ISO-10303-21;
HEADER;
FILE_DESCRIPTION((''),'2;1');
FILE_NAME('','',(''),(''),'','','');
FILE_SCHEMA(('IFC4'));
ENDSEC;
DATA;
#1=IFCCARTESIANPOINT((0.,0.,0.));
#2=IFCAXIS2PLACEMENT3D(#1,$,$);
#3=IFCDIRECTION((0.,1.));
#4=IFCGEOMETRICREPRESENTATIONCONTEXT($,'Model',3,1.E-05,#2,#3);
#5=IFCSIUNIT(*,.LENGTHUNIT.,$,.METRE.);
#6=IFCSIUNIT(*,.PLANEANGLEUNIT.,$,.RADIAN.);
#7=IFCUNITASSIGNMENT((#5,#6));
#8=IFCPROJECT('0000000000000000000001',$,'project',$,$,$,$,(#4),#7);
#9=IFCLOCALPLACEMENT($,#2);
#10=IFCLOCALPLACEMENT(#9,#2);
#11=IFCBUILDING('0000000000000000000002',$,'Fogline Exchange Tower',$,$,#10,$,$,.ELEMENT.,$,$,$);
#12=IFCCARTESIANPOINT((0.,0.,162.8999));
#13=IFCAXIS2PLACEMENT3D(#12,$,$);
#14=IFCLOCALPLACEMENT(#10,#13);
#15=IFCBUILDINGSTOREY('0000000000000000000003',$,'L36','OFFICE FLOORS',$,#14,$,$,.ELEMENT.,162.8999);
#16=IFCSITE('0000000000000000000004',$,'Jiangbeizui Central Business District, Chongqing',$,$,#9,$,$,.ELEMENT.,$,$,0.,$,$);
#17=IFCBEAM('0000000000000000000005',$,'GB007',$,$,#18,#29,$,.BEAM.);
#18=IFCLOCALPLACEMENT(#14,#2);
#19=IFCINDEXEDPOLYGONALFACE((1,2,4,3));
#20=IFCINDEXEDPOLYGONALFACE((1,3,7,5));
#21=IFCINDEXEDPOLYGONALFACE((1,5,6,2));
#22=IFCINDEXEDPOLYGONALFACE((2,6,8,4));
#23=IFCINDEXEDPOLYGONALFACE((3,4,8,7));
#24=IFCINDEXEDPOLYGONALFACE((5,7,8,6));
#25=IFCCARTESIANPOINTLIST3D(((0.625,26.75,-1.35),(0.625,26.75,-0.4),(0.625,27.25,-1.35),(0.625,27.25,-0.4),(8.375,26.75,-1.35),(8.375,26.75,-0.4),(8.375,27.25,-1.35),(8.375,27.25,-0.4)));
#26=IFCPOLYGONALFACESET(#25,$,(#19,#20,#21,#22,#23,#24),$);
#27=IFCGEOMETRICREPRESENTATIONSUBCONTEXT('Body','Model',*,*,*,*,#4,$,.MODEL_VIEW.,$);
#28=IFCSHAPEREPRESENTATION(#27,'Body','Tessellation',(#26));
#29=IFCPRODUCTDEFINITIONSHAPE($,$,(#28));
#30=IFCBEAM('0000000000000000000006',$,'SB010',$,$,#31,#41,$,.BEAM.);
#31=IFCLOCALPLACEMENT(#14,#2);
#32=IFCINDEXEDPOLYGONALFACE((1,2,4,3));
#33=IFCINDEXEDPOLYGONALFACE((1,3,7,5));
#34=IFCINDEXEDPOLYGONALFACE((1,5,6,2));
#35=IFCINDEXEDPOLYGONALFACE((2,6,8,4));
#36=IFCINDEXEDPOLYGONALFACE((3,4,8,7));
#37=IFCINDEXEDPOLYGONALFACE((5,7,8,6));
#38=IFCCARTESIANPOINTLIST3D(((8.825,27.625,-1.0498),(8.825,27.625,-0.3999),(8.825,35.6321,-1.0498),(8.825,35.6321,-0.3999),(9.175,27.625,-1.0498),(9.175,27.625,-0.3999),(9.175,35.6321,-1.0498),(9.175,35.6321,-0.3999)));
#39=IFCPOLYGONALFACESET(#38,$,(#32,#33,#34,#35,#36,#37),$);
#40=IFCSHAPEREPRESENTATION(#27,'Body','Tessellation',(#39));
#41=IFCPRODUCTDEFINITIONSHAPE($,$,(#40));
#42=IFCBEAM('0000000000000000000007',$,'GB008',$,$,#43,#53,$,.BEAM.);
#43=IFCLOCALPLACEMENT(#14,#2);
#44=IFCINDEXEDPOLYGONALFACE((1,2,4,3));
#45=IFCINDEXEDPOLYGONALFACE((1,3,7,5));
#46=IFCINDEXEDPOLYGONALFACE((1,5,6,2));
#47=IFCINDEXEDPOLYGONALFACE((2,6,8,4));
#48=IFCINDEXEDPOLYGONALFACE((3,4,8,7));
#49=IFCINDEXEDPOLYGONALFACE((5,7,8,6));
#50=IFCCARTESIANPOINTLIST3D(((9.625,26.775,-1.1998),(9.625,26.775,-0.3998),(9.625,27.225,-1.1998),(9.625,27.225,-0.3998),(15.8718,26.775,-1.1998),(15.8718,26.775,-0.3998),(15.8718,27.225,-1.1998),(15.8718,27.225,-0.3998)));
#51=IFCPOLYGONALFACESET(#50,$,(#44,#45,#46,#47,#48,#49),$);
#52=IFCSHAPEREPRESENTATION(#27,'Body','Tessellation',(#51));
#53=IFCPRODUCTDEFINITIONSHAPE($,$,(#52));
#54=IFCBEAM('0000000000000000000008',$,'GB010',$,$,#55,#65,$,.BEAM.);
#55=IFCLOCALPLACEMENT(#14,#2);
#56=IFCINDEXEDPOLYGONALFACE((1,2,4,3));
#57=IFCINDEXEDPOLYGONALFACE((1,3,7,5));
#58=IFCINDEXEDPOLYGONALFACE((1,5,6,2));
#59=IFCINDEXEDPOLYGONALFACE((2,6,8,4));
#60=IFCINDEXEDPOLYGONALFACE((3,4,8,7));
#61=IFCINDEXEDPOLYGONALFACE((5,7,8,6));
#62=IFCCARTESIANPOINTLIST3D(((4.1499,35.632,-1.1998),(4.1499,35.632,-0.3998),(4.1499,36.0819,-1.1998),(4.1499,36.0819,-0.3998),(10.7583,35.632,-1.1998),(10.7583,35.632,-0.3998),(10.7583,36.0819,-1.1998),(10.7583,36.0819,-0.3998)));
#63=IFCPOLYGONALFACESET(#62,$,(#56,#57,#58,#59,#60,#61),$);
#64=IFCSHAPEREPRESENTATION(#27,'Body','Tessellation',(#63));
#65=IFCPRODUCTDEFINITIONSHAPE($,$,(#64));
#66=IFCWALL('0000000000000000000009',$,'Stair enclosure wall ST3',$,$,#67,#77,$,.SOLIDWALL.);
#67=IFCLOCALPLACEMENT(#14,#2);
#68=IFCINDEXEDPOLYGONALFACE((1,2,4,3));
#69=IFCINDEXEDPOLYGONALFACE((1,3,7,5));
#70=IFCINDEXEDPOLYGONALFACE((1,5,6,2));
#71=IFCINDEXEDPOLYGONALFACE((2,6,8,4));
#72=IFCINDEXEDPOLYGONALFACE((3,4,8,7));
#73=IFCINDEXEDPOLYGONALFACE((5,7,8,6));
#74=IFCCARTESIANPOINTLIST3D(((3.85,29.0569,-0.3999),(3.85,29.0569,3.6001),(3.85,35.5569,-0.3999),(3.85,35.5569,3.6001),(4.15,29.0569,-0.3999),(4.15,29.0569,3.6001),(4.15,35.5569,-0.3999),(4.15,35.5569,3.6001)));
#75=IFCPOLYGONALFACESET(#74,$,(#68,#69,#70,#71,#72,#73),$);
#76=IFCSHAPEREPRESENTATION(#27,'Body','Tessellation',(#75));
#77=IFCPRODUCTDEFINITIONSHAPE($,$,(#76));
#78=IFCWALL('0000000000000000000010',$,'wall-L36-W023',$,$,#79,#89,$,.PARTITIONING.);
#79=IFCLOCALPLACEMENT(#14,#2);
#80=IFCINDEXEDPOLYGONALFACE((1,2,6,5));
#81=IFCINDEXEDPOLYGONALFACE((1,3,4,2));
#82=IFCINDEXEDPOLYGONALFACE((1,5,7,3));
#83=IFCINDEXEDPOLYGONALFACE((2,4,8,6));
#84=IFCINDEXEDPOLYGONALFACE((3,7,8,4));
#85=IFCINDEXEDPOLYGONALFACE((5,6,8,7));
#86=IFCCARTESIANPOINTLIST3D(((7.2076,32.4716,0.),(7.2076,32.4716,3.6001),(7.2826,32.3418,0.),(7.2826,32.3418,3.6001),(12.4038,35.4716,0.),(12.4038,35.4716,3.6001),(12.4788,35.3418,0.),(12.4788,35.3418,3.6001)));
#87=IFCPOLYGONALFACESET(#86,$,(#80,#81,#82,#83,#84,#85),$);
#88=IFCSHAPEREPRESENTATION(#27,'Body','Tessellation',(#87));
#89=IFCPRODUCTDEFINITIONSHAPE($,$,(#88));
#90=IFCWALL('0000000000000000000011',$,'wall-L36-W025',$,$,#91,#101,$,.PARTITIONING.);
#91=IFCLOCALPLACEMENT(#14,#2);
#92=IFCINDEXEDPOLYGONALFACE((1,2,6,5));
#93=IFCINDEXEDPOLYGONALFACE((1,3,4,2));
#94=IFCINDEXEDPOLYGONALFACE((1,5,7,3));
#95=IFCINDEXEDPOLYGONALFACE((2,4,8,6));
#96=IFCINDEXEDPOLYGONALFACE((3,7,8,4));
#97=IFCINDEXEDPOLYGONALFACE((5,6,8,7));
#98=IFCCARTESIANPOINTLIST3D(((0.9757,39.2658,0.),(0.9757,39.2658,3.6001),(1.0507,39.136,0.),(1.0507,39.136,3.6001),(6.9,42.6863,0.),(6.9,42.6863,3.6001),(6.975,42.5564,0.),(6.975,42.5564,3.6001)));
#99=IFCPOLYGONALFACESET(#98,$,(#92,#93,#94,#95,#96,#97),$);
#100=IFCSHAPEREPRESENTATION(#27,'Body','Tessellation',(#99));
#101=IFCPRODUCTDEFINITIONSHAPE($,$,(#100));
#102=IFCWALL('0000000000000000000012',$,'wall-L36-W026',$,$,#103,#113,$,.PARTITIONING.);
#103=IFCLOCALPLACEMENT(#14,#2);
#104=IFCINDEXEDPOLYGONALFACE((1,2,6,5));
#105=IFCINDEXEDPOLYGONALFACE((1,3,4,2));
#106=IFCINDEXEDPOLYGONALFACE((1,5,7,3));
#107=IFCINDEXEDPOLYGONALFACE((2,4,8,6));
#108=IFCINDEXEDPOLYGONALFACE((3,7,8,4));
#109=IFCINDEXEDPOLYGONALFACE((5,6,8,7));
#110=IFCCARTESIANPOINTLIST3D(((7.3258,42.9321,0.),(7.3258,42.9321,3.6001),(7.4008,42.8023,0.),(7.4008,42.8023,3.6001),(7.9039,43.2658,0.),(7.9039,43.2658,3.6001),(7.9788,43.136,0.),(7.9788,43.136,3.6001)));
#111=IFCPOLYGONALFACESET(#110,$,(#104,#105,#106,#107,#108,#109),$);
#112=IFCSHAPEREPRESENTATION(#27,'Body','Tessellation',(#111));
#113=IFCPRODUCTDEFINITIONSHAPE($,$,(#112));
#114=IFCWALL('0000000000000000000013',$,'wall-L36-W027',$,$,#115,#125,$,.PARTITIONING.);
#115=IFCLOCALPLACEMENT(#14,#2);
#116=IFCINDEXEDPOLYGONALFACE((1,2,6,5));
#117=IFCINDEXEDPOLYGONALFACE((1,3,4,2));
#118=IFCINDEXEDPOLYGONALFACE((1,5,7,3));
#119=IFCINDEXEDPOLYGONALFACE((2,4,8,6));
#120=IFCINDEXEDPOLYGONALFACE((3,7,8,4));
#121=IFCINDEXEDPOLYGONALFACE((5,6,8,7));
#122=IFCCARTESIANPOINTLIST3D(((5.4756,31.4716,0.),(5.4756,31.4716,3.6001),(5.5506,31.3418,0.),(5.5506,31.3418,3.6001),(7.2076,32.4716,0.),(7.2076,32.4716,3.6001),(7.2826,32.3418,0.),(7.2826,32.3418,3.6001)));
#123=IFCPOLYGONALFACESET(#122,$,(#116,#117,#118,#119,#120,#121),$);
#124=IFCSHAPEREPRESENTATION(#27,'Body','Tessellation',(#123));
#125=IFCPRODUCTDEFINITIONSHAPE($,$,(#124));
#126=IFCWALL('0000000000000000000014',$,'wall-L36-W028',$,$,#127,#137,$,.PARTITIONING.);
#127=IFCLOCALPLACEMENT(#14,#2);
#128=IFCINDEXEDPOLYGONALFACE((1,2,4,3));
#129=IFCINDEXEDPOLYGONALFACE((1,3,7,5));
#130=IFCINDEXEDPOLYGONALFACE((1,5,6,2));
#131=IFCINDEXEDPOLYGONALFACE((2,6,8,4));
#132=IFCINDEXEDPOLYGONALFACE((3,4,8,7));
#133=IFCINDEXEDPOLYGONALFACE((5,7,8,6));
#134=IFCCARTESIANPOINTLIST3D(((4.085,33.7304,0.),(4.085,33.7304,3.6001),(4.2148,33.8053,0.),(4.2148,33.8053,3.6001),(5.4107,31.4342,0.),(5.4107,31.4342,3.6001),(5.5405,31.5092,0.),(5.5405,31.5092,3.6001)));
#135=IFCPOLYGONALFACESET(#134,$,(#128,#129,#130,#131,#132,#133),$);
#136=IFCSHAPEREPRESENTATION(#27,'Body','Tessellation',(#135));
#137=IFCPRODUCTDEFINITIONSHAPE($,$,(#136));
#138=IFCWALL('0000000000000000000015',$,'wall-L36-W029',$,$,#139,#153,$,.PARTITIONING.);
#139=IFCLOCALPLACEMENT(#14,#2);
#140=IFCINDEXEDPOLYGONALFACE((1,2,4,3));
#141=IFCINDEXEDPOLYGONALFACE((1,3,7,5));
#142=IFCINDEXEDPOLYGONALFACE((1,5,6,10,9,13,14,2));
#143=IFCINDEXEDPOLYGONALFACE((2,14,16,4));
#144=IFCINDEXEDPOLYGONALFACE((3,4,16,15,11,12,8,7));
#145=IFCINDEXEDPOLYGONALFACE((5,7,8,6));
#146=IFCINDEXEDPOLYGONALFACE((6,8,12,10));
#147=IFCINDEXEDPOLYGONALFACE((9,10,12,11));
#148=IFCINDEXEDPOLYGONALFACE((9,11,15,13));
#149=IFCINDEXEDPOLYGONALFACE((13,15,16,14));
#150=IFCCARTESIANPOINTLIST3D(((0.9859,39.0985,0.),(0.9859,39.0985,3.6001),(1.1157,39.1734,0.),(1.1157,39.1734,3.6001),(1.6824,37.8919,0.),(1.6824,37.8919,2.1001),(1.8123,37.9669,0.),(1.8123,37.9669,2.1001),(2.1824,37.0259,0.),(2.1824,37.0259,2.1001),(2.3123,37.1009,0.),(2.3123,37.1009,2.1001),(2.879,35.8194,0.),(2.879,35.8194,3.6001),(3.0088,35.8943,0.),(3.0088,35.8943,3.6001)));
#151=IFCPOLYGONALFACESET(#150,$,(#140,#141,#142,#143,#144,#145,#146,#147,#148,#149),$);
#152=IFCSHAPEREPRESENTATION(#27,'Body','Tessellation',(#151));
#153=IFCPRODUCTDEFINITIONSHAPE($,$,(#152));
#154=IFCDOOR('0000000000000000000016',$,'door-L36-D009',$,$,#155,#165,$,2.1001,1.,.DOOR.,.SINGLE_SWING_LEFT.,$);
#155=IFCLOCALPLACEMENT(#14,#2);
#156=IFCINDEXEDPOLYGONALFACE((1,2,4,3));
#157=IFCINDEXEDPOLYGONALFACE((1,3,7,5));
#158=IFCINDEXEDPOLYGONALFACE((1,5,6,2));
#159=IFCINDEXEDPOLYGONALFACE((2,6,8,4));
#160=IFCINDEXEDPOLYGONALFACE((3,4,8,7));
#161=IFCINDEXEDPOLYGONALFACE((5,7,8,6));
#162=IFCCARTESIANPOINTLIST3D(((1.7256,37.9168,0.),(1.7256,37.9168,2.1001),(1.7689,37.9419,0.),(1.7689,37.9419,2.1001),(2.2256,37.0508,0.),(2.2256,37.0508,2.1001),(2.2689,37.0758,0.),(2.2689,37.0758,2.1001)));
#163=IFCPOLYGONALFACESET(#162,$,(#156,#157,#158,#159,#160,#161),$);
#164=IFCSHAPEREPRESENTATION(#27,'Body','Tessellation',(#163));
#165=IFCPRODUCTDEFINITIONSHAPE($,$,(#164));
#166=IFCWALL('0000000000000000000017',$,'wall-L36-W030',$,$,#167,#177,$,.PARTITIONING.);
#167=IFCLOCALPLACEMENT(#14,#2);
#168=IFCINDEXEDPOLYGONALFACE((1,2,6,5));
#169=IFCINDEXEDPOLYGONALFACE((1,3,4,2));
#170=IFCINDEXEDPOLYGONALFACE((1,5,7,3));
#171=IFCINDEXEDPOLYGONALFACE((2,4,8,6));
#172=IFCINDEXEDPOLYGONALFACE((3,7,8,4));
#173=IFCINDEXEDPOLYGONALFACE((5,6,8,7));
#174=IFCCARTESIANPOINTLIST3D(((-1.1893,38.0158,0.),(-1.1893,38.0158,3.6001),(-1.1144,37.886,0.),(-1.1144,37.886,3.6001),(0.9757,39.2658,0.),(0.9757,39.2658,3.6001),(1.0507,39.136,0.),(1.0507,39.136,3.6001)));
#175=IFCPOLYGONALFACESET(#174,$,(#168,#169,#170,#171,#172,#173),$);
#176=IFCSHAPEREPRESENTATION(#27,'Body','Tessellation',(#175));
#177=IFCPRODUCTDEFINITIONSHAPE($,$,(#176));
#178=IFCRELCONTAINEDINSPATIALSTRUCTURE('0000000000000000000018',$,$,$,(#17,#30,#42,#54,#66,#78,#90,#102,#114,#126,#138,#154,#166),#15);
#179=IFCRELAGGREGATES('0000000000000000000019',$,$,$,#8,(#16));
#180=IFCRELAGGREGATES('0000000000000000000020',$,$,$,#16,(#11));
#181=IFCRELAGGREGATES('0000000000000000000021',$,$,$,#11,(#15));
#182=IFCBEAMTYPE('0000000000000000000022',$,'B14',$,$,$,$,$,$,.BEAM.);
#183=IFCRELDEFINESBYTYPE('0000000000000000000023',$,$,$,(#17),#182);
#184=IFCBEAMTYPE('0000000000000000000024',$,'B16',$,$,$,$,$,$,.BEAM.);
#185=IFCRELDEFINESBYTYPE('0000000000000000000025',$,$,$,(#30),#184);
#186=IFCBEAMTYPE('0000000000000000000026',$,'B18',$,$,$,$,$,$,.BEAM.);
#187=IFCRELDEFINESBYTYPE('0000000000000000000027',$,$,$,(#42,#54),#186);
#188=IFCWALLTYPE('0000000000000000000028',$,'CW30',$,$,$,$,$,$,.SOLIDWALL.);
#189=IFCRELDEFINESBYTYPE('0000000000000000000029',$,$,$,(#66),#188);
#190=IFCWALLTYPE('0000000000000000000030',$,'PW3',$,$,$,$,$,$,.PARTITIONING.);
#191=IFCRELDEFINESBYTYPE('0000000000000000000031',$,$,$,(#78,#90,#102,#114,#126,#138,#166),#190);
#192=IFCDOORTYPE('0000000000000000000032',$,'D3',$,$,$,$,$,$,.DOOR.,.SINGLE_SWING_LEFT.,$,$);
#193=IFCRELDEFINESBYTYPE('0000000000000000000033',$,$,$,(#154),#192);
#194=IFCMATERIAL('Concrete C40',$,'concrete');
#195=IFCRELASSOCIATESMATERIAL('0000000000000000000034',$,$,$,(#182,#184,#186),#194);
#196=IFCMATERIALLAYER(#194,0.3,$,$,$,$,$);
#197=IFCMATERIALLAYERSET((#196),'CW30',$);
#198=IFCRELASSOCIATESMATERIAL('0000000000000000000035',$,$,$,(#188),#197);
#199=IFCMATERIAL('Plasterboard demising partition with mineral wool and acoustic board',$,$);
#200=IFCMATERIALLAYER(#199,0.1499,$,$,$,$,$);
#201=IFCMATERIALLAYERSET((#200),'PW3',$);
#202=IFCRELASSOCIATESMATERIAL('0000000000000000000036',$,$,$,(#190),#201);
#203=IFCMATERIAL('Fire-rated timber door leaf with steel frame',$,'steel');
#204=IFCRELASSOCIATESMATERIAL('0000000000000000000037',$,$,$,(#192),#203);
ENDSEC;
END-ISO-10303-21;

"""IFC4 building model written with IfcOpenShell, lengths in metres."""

from ifc_helpers import new_model, si_unit, direction, frame, frame_2d, origin, origin_2d, place, context, subcontext, project, spatial, rectangle, extrude, material, layer, layer_set, material_profile, profile_set, type_object, element, fill, save


model = new_model("IFC4")

# Units and contexts
model_context = context("Model", 3, precision=1e-05, world=origin(), true_north=direction((0.0, 1.0)))
body_context = subcontext(model_context, "Body", "Model", "MODEL_VIEW")
ifc_project = project(units=[si_unit("LENGTHUNIT", "METRE"), si_unit("PLANEANGLEUNIT", "RADIAN")], contexts=[model_context])

# Site, building, storey
site_placement = place(None, origin())
site = spatial("IfcSite", under=ifc_project, at=site_placement, Name="Jiangbeizui Central Business District, Chongqing", CompositionType="ELEMENT", RefElevation=0.0)
building_placement = place(site_placement, origin())
building = spatial("IfcBuilding", under=site, at=building_placement, Name="Fogline Exchange Tower", CompositionType="ELEMENT")
storey_placement = place(building_placement, frame((0.0, 0.0, 162.8999)))
storey = spatial("IfcBuildingStorey", under=building, at=storey_placement, Name="L36", Description="OFFICE FLOORS", CompositionType="ELEMENT", Elevation=162.8999)

# Beams
ifc_material_1 = material(Name="Concrete C40", Category="concrete")
ifc_material_profile_1 = material_profile(ifc_material_1, rectangle(XDim=0.5, YDim=0.95, at=origin_2d()), Name="RC 500x950")
ifc_profile_set_1 = profile_set([ifc_material_profile_1], Name="Concrete C40")
beam_type_1 = type_object("IfcBeamType", Name="B14", PredefinedType="BEAM", material=ifc_profile_set_1)
beam_1_placement = place(storey_placement, frame((0.625, 27.0, -0.875), z_axis=(1.0, 0.0, 0.0), x_axis=(0.0, 1.0, 0.0)))
element("IfcBeam", 1, at=beam_1_placement, inside=storey, type_object=beam_type_1, Name="GB007", PredefinedType="BEAM", context=body_context, shape_type="SweptSolid", body=[
    extrude(rectangle(XDim=0.5, YDim=0.95, at=origin_2d()), origin(), (0.0, 0.0, 1.0), 7.75),
])
ifc_material_profile_2 = material_profile(ifc_material_1, rectangle(XDim=0.3501, YDim=0.6499, at=origin_2d()), Name="RC 350x650")
ifc_profile_set_2 = profile_set([ifc_material_profile_2], Name="Concrete C40")
beam_type_2 = type_object("IfcBeamType", Name="B16", PredefinedType="BEAM", material=ifc_profile_set_2)
beam_2_placement = place(storey_placement, frame((9.0, 27.625, -0.7249), z_axis=(0.0, 1.0, 0.0), x_axis=(-1.0, 0.0, 0.0)))
element("IfcBeam", 2, at=beam_2_placement, inside=storey, type_object=beam_type_2, Name="SB010", PredefinedType="BEAM", context=body_context, shape_type="SweptSolid", body=[
    extrude(rectangle(XDim=0.3501, YDim=0.6499, at=origin_2d()), origin(), (0.0, 0.0, 1.0), 8.0071),
])
ifc_material_profile_3 = material_profile(ifc_material_1, rectangle(XDim=0.45, YDim=0.8, at=origin_2d()), Name="RC 450x800")
ifc_profile_set_3 = profile_set([ifc_material_profile_3], Name="Concrete C40")
beam_type_3 = type_object("IfcBeamType", Name="B18", PredefinedType="BEAM", material=ifc_profile_set_3)
beam_3_placement = place(storey_placement, frame((9.625, 27.0, -0.7998), z_axis=(1.0, 0.0, 0.0), x_axis=(0.0, 1.0, 0.0)))
element("IfcBeam", 3, at=beam_3_placement, inside=storey, type_object=beam_type_3, Name="GB008", PredefinedType="BEAM", context=body_context, shape_type="SweptSolid", body=[
    extrude(rectangle(XDim=0.45, YDim=0.8, at=origin_2d()), origin(), (0.0, 0.0, 1.0), 6.2468),
])
beam_4_placement = place(storey_placement, frame((4.1499, 35.8569, -0.7998), z_axis=(1.0, 0.0, 0.0), x_axis=(0.0, 1.0, 0.0)))
element("IfcBeam", 4, at=beam_4_placement, inside=storey, type_object=beam_type_3, Name="GB010", PredefinedType="BEAM", context=body_context, shape_type="SweptSolid", body=[
    extrude(rectangle(XDim=0.45, YDim=0.8, at=origin_2d()), origin(), (0.0, 0.0, 1.0), 6.6084),
])

# Wall
ifc_layer_1 = layer(ifc_material_1, 0.3)
ifc_layer_set_1 = layer_set([ifc_layer_1], Name="CW30")
wall_type_1 = type_object("IfcWallType", Name="CW30", PredefinedType="SOLIDWALL", material=ifc_layer_set_1)
wall_1_placement = place(storey_placement, frame((4.0, 29.0569, -0.3999), z_axis=(0.0, 0.0, 1.0), x_axis=(0.0, 1.0, 0.0)))
element("IfcWall", 5, at=wall_1_placement, inside=storey, type_object=wall_type_1, Name="Stair enclosure wall ST3", PredefinedType="SOLIDWALL", context=body_context, shape_type="SweptSolid", body=[
    extrude(rectangle(XDim=6.5, YDim=0.3, at=frame_2d((3.25, 0.0))), origin(), (0.0, 0.0, 1.0), 4.0),
])

# Walls
ifc_material_2 = material(Name="Plasterboard demising partition with mineral wool and acoustic board")
ifc_layer_2 = layer(ifc_material_2, 0.1499)
ifc_layer_set_2 = layer_set([ifc_layer_2], Name="PW3")
wall_type_2 = type_object("IfcWallType", Name="PW3", PredefinedType="PARTITIONING", material=ifc_layer_set_2)
wall_2_placement = place(storey_placement, frame((7.2451, 32.4067, 0.0), z_axis=(0.0, 0.0, 1.0), x_axis=(0.866031, 0.49999, 0.0)))
element("IfcWall", 6, at=wall_2_placement, inside=storey, type_object=wall_type_2, Name="wall-L36-W023", PredefinedType="PARTITIONING", context=body_context, shape_type="SweptSolid", body=[
    extrude(rectangle(XDim=6.0, YDim=0.1499, at=frame_2d((3.0, 0.0))), origin(), (0.0, 0.0, 1.0), 3.6001),
])
wall_3_placement = place(storey_placement, frame((1.0132, 39.2009, 0.0), z_axis=(0.0, 0.0, 1.0), x_axis=(0.866025, 0.5, 0.0)))
element("IfcWall", 7, at=wall_3_placement, inside=storey, type_object=wall_type_2, Name="wall-L36-W025", PredefinedType="PARTITIONING", context=body_context, shape_type="SweptSolid", body=[
    extrude(rectangle(XDim=6.8408, YDim=0.1499, at=frame_2d((3.4204, 0.0))), origin(), (0.0, 0.0, 1.0), 3.6001),
])
wall_4_placement = place(storey_placement, frame((7.3633, 42.8672, 0.0), z_axis=(0.0, 0.0, 1.0), x_axis=(0.866052, 0.499955, 0.0)))
element("IfcWall", 8, at=wall_4_placement, inside=storey, type_object=wall_type_2, Name="wall-L36-W026", PredefinedType="PARTITIONING", context=body_context, shape_type="SweptSolid", body=[
    extrude(rectangle(XDim=0.6675, YDim=0.1499, at=frame_2d((0.3337, 0.0))), origin(), (0.0, 0.0, 1.0), 3.6001),
])
wall_5_placement = place(storey_placement, frame((7.2451, 32.4067, 0.0), z_axis=(0.0, 0.0, 1.0), x_axis=(-0.866011, -0.500025, 0.0)))
element("IfcWall", 9, at=wall_5_placement, inside=storey, type_object=wall_type_2, Name="wall-L36-W027", PredefinedType="PARTITIONING", context=body_context, shape_type="SweptSolid", body=[
    extrude(rectangle(XDim=2.0, YDim=0.1499, at=frame_2d((1.0, 0.0))), origin(), (0.0, 0.0, 1.0), 3.6001),
])
wall_6_placement = place(storey_placement, frame((5.4756, 31.4717, 0.0), z_axis=(0.0, 0.0, 1.0), x_axis=(-0.500001, 0.866025, 0.0)))
element("IfcWall", 10, at=wall_6_placement, inside=storey, type_object=wall_type_2, Name="wall-L36-W028", PredefinedType="PARTITIONING", context=body_context, shape_type="SweptSolid", body=[
    extrude(rectangle(XDim=2.6514, YDim=0.1499, at=frame_2d((1.3257, 0.0))), origin(), (0.0, 0.0, 1.0), 3.6001),
])

# Wall, opening, door
wall_7_placement = place(storey_placement, frame((2.9438, 35.8569, 0.0), z_axis=(0.0, 0.0, 1.0), x_axis=(-0.499981, 0.866036, 0.0)))
wall_7 = element("IfcWall", 11, at=wall_7_placement, inside=storey, type_object=wall_type_2, Name="wall-L36-W029", PredefinedType="PARTITIONING", context=body_context, shape_type="SweptSolid", body=[
    extrude(rectangle(XDim=3.7864, YDim=0.1499, at=frame_2d((1.8931, 0.0))), origin(), (0.0, 0.0, 1.0), 3.6001),
])
opening_1_placement = place(wall_7_placement, frame((1.3931, 0.0, 0.0)))
opening_1 = element("IfcOpeningElement", 12, at=opening_1_placement, cuts=wall_7, PredefinedType="OPENING", context=body_context, shape_type="SweptSolid", body=[
    extrude(rectangle(XDim=1.0, YDim=2.1001, at=frame_2d((0.5, 1.05))), frame((0.0, 0.085, 0.0), z_axis=(0.0, -1.0, 0.0), x_axis=(1.0, 0.0, 0.0)), (0.0, 0.0, 1.0), 0.1699),
])
ifc_material_3 = material(Name="Fire-rated timber door leaf with steel frame", Category="steel")
door_type_1 = type_object("IfcDoorType", Name="D3", OperationType="SINGLE_SWING_LEFT", PredefinedType="DOOR", material=ifc_material_3)
door_1_placement = place(opening_1_placement, frame((1.0, 0.0, 0.0), z_axis=(0.0, 0.0, 1.0), x_axis=(-1.0, 0.0, 0.0)))
door_1 = element("IfcDoor", 13, at=door_1_placement, inside=storey, type_object=door_type_1, Name="door-L36-D009", OperationType="SINGLE_SWING_LEFT", OverallHeight=2.1001, OverallWidth=1.0, PredefinedType="DOOR", context=body_context, shape_type="SweptSolid", body=[
    extrude(rectangle(XDim=1.0, YDim=2.1001, at=frame_2d((0.5, 1.05))), frame((0.0, 0.0249, 0.0), z_axis=(0.0, -1.0, 0.0), x_axis=(1.0, 0.0, 0.0)), (0.0, 0.0, 1.0), 0.05),
])
fill(opening_1, door_1)

# Wall
wall_8_placement = place(storey_placement, frame((1.0132, 39.2009, 0.0), z_axis=(0.0, 0.0, 1.0), x_axis=(-0.866023, -0.500004, 0.0)))
element("IfcWall", 14, at=wall_8_placement, inside=storey, type_object=wall_type_2, Name="wall-L36-W030", PredefinedType="PARTITIONING", context=body_context, shape_type="SweptSolid", body=[
    extrude(rectangle(XDim=2.5, YDim=0.1499, at=frame_2d((1.25, 0.0))), origin(), (0.0, 0.0, 1.0), 3.6001),
])

save(model, "model.ifc")
